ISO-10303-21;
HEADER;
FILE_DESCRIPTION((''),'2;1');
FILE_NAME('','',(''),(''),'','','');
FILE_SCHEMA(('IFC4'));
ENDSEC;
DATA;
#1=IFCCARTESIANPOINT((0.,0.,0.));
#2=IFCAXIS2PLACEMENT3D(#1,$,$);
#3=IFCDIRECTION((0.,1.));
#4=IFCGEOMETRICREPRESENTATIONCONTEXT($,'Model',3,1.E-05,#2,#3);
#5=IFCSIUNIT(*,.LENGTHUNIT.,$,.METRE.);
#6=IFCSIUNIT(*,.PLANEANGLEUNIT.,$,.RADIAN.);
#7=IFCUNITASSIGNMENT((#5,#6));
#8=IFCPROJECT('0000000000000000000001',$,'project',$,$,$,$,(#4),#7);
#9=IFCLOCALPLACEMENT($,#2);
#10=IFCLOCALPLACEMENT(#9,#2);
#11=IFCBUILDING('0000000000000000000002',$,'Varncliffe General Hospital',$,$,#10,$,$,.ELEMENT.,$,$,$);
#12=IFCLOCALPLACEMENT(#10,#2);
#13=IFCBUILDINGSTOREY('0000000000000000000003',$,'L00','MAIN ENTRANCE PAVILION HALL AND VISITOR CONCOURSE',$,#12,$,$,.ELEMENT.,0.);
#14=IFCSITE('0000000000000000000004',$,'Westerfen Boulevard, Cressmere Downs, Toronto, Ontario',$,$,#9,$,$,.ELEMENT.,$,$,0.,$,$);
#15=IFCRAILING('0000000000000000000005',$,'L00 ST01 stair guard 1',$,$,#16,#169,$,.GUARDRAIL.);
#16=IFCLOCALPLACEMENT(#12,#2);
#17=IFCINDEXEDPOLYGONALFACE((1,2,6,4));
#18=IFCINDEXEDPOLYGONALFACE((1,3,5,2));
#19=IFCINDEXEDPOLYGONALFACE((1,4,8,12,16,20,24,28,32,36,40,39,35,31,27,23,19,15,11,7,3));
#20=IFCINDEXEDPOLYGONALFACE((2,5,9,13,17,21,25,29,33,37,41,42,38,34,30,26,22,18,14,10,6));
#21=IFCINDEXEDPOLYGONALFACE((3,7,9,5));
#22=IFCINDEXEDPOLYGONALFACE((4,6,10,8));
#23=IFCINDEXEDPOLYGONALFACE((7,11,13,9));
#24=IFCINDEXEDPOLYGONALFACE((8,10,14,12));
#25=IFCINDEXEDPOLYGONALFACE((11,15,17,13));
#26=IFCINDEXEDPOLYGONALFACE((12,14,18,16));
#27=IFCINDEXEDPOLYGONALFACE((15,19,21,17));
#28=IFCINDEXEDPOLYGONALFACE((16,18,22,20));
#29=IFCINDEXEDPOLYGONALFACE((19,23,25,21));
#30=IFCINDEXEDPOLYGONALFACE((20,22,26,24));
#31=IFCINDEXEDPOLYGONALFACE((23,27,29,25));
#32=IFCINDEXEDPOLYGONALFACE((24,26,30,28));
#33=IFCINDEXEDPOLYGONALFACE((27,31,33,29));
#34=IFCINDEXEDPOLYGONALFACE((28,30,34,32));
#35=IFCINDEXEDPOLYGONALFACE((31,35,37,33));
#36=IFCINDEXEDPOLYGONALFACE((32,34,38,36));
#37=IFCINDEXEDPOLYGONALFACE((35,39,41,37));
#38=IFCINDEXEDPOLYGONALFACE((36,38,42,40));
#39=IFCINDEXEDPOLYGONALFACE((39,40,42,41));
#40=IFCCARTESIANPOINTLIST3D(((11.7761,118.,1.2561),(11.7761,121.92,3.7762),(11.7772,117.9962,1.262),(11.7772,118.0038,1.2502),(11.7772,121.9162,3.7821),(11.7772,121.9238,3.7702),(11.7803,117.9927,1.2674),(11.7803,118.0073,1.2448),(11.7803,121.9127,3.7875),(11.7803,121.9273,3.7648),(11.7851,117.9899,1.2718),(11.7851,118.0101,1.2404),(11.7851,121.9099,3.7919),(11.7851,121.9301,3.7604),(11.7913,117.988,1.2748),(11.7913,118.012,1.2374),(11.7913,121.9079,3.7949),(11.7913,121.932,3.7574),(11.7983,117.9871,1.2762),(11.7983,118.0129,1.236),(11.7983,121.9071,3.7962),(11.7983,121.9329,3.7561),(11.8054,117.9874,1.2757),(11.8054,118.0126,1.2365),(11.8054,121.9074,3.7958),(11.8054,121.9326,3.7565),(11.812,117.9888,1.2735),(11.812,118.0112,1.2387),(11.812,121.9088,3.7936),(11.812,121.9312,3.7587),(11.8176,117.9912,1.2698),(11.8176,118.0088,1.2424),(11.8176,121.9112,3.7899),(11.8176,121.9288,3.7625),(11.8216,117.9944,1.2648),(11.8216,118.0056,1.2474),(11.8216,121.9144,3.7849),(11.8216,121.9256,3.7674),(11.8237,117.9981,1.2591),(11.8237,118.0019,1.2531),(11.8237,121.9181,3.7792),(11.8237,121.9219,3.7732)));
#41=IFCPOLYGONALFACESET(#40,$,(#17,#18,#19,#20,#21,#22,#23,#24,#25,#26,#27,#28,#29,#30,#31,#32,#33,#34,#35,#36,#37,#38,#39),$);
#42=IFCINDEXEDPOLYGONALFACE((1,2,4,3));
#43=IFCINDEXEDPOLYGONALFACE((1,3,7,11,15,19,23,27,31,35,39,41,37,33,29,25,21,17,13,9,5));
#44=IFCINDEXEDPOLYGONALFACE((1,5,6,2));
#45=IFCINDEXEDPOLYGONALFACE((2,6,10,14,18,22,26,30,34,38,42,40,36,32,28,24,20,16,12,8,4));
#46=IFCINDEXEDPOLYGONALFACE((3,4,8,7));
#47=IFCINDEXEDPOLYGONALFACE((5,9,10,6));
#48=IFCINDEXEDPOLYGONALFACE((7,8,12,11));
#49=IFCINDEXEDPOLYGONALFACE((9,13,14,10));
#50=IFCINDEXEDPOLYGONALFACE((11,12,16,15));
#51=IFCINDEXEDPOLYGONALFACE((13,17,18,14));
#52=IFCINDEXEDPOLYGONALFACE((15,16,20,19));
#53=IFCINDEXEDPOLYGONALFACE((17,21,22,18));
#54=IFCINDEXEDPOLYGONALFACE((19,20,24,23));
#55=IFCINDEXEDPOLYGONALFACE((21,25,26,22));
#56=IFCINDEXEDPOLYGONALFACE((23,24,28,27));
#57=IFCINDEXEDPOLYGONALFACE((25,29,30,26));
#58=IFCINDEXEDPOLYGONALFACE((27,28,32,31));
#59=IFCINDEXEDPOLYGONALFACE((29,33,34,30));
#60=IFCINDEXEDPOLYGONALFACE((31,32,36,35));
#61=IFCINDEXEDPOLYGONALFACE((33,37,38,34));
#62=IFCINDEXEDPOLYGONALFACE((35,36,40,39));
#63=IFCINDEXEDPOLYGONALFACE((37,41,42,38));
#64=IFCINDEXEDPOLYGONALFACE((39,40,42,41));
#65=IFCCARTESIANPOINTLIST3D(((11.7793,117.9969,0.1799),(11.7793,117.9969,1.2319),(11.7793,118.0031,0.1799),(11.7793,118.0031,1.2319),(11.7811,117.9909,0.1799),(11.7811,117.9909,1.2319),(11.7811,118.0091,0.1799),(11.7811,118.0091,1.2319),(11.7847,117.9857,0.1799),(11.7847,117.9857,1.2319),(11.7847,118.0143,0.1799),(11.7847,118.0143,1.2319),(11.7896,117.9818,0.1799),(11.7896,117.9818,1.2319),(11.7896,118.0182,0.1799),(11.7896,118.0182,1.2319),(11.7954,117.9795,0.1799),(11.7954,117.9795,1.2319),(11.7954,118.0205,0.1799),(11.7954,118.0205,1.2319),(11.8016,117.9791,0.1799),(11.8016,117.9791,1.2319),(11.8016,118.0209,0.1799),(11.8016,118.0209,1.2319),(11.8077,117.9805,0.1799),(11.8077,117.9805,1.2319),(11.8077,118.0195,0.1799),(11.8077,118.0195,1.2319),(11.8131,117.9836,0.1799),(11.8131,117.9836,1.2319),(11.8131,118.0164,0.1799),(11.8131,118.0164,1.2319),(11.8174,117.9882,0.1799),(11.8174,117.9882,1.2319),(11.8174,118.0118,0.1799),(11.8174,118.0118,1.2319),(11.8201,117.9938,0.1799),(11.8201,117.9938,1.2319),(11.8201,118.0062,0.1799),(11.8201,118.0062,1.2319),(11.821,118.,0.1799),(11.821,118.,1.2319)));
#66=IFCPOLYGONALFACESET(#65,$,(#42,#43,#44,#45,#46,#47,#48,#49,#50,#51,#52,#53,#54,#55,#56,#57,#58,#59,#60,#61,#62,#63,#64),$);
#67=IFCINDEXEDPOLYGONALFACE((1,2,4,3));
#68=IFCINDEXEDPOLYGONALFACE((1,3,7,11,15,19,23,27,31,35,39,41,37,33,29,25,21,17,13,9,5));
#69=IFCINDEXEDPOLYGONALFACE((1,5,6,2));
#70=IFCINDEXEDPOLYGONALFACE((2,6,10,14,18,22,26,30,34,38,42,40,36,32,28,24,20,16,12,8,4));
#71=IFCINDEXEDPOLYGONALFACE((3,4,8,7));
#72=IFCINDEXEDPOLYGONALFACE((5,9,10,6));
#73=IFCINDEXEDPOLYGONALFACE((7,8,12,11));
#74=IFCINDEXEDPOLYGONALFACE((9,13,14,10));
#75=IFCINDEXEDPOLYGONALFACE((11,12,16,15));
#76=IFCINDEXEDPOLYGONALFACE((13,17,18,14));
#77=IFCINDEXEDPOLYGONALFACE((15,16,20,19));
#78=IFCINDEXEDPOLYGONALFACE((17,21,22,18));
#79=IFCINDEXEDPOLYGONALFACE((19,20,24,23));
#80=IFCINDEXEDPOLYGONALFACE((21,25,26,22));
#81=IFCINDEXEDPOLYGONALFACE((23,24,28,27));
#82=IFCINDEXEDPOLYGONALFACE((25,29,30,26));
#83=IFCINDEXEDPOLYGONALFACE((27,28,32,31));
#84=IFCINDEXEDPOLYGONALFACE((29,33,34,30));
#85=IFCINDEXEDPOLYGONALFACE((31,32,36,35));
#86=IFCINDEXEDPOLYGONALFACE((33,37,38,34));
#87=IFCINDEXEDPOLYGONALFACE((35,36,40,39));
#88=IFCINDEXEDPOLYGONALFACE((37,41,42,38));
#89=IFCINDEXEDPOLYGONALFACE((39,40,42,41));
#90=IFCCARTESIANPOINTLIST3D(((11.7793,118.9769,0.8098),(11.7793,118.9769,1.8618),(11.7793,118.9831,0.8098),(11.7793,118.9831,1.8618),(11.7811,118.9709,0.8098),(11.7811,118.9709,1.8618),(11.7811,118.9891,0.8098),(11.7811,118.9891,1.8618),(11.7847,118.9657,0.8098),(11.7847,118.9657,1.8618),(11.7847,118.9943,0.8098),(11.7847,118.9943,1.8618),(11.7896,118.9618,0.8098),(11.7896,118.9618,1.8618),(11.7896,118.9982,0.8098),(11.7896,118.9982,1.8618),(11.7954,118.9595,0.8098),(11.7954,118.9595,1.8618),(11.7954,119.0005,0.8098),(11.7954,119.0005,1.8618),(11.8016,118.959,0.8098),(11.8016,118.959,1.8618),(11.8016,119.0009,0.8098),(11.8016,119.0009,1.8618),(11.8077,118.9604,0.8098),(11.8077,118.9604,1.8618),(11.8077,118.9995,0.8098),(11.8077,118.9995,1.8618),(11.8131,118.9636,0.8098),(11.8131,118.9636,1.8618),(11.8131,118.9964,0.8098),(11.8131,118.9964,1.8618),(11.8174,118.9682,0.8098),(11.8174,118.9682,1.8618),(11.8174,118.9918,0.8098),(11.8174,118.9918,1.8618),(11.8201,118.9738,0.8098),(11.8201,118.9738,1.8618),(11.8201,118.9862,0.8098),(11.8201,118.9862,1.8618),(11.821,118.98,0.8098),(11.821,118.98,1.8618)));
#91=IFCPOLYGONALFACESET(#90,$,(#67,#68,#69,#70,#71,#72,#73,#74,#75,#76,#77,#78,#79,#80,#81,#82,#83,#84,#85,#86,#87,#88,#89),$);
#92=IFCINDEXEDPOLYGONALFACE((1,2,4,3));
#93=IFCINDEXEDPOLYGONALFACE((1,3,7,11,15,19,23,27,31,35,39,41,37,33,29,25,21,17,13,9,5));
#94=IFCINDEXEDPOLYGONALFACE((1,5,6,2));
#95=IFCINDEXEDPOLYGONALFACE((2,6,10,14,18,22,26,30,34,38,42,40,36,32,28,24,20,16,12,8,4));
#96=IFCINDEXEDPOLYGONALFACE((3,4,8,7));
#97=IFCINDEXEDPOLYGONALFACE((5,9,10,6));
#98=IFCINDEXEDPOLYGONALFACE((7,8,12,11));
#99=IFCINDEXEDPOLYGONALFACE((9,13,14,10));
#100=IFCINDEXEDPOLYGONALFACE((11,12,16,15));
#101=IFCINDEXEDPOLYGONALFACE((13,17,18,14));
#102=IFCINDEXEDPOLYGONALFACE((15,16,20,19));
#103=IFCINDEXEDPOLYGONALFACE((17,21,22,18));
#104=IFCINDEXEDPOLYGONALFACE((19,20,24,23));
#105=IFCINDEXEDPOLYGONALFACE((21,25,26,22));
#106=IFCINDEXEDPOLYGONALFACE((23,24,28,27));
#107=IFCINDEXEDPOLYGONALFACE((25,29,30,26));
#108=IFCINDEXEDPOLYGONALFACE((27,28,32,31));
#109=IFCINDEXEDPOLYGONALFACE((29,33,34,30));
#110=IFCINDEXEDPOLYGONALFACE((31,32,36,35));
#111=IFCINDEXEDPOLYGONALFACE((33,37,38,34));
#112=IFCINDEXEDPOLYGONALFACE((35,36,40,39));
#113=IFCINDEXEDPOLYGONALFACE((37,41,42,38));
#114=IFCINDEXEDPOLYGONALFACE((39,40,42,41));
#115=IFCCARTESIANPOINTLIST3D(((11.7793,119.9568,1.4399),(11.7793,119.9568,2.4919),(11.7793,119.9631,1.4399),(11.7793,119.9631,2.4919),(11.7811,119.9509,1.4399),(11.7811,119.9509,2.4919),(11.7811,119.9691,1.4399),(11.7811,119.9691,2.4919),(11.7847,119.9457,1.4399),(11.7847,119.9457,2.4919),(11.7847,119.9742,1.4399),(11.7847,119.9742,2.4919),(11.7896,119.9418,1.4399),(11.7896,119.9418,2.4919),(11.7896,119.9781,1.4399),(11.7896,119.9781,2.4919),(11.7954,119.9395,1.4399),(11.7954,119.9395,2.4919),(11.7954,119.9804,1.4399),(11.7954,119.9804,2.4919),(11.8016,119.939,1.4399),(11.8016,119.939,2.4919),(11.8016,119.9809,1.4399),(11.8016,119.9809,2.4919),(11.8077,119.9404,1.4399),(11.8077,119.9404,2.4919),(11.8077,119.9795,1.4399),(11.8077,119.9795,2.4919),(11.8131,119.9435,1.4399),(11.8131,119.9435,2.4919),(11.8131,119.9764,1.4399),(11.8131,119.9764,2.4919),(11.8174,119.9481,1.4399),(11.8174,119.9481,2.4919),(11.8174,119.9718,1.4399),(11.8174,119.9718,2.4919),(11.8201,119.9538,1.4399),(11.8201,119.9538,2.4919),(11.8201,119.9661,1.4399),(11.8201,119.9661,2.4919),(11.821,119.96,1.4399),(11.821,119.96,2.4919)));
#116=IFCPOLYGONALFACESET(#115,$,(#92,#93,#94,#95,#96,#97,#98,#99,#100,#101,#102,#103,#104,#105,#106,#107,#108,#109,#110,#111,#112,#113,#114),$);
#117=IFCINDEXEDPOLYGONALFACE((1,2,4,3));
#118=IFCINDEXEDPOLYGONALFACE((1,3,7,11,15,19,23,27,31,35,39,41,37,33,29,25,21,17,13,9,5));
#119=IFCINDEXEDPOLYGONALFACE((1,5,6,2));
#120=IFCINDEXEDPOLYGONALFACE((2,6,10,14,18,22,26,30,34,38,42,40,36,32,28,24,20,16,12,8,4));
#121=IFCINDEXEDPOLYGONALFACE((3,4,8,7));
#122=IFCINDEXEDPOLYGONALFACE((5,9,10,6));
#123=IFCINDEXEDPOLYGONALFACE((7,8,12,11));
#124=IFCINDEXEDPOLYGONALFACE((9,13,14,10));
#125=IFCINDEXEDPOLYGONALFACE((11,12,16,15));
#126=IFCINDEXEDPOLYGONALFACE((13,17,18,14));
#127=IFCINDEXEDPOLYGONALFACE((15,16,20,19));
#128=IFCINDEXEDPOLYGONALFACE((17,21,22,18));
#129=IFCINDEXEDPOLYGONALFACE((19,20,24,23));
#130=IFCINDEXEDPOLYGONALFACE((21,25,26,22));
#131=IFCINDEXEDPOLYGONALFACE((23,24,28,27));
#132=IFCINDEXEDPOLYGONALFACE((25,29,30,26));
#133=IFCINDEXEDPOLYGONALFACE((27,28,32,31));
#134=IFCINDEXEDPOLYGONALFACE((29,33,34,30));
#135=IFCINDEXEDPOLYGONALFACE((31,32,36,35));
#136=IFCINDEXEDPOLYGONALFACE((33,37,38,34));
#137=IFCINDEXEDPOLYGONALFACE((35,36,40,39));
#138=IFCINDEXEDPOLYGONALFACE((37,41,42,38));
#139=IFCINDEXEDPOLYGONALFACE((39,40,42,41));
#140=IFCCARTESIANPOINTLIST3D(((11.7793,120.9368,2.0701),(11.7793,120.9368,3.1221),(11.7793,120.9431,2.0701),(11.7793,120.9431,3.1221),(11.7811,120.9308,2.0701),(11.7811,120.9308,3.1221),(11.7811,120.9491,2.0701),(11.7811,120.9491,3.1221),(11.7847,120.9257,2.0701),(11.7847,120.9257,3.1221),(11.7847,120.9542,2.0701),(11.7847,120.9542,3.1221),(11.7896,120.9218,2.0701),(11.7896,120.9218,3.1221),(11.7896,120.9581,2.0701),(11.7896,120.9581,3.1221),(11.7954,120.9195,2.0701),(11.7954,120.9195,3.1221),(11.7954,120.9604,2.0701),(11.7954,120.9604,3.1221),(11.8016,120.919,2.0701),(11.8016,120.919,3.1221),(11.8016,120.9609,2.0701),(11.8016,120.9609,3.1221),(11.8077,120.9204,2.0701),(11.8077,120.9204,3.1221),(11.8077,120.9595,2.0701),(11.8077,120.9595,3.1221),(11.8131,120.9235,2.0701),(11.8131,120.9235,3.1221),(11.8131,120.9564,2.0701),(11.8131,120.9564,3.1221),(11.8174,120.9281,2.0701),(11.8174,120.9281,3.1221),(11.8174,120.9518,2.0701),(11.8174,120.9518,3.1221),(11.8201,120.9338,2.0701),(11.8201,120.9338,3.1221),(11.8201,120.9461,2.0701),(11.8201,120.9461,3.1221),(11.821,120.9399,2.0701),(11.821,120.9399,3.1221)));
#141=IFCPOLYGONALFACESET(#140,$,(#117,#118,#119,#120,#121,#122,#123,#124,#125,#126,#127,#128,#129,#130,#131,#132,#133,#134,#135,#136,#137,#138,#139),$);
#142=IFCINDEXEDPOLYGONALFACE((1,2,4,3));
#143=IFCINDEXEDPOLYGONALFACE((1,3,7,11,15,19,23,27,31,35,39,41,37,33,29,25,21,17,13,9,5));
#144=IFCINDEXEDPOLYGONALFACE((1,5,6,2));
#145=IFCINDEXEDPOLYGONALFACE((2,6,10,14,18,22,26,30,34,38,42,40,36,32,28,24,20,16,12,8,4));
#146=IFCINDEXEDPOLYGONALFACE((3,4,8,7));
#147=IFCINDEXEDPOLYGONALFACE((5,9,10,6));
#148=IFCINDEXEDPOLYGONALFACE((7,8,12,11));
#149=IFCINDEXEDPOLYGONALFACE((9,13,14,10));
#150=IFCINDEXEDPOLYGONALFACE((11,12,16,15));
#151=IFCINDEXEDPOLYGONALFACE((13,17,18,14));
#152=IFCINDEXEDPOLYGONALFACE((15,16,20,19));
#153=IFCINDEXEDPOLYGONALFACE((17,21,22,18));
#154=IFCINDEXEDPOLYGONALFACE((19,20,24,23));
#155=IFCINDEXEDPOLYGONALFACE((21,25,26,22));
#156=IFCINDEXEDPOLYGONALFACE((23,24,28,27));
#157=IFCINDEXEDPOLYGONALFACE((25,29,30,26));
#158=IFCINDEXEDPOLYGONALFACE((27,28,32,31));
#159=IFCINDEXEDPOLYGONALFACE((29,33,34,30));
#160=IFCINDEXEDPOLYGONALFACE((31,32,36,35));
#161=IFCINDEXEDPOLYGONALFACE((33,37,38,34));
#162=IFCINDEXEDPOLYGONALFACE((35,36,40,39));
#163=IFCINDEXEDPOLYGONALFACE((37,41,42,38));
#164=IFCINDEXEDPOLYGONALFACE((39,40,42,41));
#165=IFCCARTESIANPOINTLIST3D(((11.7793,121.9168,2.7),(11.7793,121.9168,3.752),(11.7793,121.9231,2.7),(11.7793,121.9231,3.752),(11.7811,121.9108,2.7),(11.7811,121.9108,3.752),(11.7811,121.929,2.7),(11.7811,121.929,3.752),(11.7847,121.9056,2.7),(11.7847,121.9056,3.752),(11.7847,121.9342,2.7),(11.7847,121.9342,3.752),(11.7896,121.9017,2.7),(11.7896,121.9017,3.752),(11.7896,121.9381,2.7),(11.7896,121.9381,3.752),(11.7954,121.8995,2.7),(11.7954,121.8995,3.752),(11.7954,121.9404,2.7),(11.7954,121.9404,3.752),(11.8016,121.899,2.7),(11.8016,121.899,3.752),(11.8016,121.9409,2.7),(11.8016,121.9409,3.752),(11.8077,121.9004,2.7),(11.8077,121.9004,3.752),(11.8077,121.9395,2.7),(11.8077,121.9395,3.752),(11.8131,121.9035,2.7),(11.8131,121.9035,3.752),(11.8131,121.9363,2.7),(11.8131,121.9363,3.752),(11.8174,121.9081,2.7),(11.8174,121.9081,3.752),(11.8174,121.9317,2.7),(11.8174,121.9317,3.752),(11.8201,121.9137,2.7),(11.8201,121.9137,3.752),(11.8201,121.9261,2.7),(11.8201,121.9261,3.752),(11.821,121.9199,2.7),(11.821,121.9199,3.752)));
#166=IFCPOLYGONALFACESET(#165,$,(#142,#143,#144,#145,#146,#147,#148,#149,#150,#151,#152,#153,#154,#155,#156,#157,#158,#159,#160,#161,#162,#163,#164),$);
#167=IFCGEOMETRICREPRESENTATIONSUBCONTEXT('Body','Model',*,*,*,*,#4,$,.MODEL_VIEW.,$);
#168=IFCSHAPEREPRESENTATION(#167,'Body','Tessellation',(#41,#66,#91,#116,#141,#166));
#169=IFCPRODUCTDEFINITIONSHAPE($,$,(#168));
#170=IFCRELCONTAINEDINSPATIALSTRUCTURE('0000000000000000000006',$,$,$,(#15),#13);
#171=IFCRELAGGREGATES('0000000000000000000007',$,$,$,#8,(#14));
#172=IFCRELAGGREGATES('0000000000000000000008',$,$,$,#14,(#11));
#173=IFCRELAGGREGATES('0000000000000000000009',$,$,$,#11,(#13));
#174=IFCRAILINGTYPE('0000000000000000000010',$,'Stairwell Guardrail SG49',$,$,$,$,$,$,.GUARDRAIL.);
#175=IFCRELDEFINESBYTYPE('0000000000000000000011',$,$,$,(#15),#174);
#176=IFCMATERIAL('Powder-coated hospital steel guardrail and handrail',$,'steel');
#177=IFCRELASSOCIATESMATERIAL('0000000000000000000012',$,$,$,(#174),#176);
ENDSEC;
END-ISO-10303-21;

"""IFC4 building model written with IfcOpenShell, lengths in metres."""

from ifc_helpers import new_model, si_unit, direction, frame, origin, origin_2d, place, context, subcontext, project, spatial, circle, extrude, material, type_object, element, save


model = new_model("IFC4")

# Units and contexts
model_context = context("Model", 3, precision=1e-05, world=origin(), true_north=direction((0.0, 1.0)))
body_context = subcontext(model_context, "Body", "Model", "MODEL_VIEW")
ifc_project = project(units=[si_unit("LENGTHUNIT", "METRE"), si_unit("PLANEANGLEUNIT", "RADIAN")], contexts=[model_context])

# Site, building, storey
site_placement = place(None, origin())
site = spatial("IfcSite", under=ifc_project, at=site_placement, Name="Westerfen Boulevard, Cressmere Downs, Toronto, Ontario", CompositionType="ELEMENT", RefElevation=0.0)
building_placement = place(site_placement, origin())
building = spatial("IfcBuilding", under=site, at=building_placement, Name="Varncliffe General Hospital", CompositionType="ELEMENT")
storey_placement = place(building_placement, origin())
storey = spatial("IfcBuildingStorey", under=building, at=storey_placement, Name="L00", Description="MAIN ENTRANCE PAVILION HALL AND VISITOR CONCOURSE", CompositionType="ELEMENT", Elevation=0.0)

# Railing
ifc_material_1 = material(Name="Powder-coated hospital steel guardrail and handrail", Category="steel")
railing_type_1 = type_object("IfcRailingType", Name="Stairwell Guardrail SG49", PredefinedType="GUARDRAIL", material=ifc_material_1)
railing_1_placement = place(storey_placement, frame((11.8, 118.0, 0.1799)))
element("IfcRailing", 1, at=railing_1_placement, inside=storey, type_object=railing_type_1, Name="L00 ST01 stair guard 1", PredefinedType="GUARDRAIL", context=body_context, shape_type="SweptSolid", body=[
    extrude(circle(Radius=0.0239, at=origin_2d()), frame((0.0, 0.0, 1.0762), z_axis=(0.0, 0.841172, 0.540768), x_axis=(-1.0, 0.0, 0.0)), (0.0, 0.0, 1.0), 4.6602),
    extrude(circle(Radius=0.021, at=origin_2d()), origin(), (0.0, 0.0, 1.0), 1.052),
    extrude(circle(Radius=0.021, at=origin_2d()), frame((0.0, 0.98, 0.6299)), (0.0, 0.0, 1.0), 1.052),
    extrude(circle(Radius=0.021, at=origin_2d()), frame((0.0, 1.96, 1.26)), (0.0, 0.0, 1.0), 1.052),
    extrude(circle(Radius=0.021, at=origin_2d()), frame((0.0, 2.9399, 1.8901)), (0.0, 0.0, 1.0), 1.052),
    extrude(circle(Radius=0.021, at=origin_2d()), frame((0.0, 3.9199, 2.52)), (0.0, 0.0, 1.0), 1.052),
])

save(model, "model.ifc")
